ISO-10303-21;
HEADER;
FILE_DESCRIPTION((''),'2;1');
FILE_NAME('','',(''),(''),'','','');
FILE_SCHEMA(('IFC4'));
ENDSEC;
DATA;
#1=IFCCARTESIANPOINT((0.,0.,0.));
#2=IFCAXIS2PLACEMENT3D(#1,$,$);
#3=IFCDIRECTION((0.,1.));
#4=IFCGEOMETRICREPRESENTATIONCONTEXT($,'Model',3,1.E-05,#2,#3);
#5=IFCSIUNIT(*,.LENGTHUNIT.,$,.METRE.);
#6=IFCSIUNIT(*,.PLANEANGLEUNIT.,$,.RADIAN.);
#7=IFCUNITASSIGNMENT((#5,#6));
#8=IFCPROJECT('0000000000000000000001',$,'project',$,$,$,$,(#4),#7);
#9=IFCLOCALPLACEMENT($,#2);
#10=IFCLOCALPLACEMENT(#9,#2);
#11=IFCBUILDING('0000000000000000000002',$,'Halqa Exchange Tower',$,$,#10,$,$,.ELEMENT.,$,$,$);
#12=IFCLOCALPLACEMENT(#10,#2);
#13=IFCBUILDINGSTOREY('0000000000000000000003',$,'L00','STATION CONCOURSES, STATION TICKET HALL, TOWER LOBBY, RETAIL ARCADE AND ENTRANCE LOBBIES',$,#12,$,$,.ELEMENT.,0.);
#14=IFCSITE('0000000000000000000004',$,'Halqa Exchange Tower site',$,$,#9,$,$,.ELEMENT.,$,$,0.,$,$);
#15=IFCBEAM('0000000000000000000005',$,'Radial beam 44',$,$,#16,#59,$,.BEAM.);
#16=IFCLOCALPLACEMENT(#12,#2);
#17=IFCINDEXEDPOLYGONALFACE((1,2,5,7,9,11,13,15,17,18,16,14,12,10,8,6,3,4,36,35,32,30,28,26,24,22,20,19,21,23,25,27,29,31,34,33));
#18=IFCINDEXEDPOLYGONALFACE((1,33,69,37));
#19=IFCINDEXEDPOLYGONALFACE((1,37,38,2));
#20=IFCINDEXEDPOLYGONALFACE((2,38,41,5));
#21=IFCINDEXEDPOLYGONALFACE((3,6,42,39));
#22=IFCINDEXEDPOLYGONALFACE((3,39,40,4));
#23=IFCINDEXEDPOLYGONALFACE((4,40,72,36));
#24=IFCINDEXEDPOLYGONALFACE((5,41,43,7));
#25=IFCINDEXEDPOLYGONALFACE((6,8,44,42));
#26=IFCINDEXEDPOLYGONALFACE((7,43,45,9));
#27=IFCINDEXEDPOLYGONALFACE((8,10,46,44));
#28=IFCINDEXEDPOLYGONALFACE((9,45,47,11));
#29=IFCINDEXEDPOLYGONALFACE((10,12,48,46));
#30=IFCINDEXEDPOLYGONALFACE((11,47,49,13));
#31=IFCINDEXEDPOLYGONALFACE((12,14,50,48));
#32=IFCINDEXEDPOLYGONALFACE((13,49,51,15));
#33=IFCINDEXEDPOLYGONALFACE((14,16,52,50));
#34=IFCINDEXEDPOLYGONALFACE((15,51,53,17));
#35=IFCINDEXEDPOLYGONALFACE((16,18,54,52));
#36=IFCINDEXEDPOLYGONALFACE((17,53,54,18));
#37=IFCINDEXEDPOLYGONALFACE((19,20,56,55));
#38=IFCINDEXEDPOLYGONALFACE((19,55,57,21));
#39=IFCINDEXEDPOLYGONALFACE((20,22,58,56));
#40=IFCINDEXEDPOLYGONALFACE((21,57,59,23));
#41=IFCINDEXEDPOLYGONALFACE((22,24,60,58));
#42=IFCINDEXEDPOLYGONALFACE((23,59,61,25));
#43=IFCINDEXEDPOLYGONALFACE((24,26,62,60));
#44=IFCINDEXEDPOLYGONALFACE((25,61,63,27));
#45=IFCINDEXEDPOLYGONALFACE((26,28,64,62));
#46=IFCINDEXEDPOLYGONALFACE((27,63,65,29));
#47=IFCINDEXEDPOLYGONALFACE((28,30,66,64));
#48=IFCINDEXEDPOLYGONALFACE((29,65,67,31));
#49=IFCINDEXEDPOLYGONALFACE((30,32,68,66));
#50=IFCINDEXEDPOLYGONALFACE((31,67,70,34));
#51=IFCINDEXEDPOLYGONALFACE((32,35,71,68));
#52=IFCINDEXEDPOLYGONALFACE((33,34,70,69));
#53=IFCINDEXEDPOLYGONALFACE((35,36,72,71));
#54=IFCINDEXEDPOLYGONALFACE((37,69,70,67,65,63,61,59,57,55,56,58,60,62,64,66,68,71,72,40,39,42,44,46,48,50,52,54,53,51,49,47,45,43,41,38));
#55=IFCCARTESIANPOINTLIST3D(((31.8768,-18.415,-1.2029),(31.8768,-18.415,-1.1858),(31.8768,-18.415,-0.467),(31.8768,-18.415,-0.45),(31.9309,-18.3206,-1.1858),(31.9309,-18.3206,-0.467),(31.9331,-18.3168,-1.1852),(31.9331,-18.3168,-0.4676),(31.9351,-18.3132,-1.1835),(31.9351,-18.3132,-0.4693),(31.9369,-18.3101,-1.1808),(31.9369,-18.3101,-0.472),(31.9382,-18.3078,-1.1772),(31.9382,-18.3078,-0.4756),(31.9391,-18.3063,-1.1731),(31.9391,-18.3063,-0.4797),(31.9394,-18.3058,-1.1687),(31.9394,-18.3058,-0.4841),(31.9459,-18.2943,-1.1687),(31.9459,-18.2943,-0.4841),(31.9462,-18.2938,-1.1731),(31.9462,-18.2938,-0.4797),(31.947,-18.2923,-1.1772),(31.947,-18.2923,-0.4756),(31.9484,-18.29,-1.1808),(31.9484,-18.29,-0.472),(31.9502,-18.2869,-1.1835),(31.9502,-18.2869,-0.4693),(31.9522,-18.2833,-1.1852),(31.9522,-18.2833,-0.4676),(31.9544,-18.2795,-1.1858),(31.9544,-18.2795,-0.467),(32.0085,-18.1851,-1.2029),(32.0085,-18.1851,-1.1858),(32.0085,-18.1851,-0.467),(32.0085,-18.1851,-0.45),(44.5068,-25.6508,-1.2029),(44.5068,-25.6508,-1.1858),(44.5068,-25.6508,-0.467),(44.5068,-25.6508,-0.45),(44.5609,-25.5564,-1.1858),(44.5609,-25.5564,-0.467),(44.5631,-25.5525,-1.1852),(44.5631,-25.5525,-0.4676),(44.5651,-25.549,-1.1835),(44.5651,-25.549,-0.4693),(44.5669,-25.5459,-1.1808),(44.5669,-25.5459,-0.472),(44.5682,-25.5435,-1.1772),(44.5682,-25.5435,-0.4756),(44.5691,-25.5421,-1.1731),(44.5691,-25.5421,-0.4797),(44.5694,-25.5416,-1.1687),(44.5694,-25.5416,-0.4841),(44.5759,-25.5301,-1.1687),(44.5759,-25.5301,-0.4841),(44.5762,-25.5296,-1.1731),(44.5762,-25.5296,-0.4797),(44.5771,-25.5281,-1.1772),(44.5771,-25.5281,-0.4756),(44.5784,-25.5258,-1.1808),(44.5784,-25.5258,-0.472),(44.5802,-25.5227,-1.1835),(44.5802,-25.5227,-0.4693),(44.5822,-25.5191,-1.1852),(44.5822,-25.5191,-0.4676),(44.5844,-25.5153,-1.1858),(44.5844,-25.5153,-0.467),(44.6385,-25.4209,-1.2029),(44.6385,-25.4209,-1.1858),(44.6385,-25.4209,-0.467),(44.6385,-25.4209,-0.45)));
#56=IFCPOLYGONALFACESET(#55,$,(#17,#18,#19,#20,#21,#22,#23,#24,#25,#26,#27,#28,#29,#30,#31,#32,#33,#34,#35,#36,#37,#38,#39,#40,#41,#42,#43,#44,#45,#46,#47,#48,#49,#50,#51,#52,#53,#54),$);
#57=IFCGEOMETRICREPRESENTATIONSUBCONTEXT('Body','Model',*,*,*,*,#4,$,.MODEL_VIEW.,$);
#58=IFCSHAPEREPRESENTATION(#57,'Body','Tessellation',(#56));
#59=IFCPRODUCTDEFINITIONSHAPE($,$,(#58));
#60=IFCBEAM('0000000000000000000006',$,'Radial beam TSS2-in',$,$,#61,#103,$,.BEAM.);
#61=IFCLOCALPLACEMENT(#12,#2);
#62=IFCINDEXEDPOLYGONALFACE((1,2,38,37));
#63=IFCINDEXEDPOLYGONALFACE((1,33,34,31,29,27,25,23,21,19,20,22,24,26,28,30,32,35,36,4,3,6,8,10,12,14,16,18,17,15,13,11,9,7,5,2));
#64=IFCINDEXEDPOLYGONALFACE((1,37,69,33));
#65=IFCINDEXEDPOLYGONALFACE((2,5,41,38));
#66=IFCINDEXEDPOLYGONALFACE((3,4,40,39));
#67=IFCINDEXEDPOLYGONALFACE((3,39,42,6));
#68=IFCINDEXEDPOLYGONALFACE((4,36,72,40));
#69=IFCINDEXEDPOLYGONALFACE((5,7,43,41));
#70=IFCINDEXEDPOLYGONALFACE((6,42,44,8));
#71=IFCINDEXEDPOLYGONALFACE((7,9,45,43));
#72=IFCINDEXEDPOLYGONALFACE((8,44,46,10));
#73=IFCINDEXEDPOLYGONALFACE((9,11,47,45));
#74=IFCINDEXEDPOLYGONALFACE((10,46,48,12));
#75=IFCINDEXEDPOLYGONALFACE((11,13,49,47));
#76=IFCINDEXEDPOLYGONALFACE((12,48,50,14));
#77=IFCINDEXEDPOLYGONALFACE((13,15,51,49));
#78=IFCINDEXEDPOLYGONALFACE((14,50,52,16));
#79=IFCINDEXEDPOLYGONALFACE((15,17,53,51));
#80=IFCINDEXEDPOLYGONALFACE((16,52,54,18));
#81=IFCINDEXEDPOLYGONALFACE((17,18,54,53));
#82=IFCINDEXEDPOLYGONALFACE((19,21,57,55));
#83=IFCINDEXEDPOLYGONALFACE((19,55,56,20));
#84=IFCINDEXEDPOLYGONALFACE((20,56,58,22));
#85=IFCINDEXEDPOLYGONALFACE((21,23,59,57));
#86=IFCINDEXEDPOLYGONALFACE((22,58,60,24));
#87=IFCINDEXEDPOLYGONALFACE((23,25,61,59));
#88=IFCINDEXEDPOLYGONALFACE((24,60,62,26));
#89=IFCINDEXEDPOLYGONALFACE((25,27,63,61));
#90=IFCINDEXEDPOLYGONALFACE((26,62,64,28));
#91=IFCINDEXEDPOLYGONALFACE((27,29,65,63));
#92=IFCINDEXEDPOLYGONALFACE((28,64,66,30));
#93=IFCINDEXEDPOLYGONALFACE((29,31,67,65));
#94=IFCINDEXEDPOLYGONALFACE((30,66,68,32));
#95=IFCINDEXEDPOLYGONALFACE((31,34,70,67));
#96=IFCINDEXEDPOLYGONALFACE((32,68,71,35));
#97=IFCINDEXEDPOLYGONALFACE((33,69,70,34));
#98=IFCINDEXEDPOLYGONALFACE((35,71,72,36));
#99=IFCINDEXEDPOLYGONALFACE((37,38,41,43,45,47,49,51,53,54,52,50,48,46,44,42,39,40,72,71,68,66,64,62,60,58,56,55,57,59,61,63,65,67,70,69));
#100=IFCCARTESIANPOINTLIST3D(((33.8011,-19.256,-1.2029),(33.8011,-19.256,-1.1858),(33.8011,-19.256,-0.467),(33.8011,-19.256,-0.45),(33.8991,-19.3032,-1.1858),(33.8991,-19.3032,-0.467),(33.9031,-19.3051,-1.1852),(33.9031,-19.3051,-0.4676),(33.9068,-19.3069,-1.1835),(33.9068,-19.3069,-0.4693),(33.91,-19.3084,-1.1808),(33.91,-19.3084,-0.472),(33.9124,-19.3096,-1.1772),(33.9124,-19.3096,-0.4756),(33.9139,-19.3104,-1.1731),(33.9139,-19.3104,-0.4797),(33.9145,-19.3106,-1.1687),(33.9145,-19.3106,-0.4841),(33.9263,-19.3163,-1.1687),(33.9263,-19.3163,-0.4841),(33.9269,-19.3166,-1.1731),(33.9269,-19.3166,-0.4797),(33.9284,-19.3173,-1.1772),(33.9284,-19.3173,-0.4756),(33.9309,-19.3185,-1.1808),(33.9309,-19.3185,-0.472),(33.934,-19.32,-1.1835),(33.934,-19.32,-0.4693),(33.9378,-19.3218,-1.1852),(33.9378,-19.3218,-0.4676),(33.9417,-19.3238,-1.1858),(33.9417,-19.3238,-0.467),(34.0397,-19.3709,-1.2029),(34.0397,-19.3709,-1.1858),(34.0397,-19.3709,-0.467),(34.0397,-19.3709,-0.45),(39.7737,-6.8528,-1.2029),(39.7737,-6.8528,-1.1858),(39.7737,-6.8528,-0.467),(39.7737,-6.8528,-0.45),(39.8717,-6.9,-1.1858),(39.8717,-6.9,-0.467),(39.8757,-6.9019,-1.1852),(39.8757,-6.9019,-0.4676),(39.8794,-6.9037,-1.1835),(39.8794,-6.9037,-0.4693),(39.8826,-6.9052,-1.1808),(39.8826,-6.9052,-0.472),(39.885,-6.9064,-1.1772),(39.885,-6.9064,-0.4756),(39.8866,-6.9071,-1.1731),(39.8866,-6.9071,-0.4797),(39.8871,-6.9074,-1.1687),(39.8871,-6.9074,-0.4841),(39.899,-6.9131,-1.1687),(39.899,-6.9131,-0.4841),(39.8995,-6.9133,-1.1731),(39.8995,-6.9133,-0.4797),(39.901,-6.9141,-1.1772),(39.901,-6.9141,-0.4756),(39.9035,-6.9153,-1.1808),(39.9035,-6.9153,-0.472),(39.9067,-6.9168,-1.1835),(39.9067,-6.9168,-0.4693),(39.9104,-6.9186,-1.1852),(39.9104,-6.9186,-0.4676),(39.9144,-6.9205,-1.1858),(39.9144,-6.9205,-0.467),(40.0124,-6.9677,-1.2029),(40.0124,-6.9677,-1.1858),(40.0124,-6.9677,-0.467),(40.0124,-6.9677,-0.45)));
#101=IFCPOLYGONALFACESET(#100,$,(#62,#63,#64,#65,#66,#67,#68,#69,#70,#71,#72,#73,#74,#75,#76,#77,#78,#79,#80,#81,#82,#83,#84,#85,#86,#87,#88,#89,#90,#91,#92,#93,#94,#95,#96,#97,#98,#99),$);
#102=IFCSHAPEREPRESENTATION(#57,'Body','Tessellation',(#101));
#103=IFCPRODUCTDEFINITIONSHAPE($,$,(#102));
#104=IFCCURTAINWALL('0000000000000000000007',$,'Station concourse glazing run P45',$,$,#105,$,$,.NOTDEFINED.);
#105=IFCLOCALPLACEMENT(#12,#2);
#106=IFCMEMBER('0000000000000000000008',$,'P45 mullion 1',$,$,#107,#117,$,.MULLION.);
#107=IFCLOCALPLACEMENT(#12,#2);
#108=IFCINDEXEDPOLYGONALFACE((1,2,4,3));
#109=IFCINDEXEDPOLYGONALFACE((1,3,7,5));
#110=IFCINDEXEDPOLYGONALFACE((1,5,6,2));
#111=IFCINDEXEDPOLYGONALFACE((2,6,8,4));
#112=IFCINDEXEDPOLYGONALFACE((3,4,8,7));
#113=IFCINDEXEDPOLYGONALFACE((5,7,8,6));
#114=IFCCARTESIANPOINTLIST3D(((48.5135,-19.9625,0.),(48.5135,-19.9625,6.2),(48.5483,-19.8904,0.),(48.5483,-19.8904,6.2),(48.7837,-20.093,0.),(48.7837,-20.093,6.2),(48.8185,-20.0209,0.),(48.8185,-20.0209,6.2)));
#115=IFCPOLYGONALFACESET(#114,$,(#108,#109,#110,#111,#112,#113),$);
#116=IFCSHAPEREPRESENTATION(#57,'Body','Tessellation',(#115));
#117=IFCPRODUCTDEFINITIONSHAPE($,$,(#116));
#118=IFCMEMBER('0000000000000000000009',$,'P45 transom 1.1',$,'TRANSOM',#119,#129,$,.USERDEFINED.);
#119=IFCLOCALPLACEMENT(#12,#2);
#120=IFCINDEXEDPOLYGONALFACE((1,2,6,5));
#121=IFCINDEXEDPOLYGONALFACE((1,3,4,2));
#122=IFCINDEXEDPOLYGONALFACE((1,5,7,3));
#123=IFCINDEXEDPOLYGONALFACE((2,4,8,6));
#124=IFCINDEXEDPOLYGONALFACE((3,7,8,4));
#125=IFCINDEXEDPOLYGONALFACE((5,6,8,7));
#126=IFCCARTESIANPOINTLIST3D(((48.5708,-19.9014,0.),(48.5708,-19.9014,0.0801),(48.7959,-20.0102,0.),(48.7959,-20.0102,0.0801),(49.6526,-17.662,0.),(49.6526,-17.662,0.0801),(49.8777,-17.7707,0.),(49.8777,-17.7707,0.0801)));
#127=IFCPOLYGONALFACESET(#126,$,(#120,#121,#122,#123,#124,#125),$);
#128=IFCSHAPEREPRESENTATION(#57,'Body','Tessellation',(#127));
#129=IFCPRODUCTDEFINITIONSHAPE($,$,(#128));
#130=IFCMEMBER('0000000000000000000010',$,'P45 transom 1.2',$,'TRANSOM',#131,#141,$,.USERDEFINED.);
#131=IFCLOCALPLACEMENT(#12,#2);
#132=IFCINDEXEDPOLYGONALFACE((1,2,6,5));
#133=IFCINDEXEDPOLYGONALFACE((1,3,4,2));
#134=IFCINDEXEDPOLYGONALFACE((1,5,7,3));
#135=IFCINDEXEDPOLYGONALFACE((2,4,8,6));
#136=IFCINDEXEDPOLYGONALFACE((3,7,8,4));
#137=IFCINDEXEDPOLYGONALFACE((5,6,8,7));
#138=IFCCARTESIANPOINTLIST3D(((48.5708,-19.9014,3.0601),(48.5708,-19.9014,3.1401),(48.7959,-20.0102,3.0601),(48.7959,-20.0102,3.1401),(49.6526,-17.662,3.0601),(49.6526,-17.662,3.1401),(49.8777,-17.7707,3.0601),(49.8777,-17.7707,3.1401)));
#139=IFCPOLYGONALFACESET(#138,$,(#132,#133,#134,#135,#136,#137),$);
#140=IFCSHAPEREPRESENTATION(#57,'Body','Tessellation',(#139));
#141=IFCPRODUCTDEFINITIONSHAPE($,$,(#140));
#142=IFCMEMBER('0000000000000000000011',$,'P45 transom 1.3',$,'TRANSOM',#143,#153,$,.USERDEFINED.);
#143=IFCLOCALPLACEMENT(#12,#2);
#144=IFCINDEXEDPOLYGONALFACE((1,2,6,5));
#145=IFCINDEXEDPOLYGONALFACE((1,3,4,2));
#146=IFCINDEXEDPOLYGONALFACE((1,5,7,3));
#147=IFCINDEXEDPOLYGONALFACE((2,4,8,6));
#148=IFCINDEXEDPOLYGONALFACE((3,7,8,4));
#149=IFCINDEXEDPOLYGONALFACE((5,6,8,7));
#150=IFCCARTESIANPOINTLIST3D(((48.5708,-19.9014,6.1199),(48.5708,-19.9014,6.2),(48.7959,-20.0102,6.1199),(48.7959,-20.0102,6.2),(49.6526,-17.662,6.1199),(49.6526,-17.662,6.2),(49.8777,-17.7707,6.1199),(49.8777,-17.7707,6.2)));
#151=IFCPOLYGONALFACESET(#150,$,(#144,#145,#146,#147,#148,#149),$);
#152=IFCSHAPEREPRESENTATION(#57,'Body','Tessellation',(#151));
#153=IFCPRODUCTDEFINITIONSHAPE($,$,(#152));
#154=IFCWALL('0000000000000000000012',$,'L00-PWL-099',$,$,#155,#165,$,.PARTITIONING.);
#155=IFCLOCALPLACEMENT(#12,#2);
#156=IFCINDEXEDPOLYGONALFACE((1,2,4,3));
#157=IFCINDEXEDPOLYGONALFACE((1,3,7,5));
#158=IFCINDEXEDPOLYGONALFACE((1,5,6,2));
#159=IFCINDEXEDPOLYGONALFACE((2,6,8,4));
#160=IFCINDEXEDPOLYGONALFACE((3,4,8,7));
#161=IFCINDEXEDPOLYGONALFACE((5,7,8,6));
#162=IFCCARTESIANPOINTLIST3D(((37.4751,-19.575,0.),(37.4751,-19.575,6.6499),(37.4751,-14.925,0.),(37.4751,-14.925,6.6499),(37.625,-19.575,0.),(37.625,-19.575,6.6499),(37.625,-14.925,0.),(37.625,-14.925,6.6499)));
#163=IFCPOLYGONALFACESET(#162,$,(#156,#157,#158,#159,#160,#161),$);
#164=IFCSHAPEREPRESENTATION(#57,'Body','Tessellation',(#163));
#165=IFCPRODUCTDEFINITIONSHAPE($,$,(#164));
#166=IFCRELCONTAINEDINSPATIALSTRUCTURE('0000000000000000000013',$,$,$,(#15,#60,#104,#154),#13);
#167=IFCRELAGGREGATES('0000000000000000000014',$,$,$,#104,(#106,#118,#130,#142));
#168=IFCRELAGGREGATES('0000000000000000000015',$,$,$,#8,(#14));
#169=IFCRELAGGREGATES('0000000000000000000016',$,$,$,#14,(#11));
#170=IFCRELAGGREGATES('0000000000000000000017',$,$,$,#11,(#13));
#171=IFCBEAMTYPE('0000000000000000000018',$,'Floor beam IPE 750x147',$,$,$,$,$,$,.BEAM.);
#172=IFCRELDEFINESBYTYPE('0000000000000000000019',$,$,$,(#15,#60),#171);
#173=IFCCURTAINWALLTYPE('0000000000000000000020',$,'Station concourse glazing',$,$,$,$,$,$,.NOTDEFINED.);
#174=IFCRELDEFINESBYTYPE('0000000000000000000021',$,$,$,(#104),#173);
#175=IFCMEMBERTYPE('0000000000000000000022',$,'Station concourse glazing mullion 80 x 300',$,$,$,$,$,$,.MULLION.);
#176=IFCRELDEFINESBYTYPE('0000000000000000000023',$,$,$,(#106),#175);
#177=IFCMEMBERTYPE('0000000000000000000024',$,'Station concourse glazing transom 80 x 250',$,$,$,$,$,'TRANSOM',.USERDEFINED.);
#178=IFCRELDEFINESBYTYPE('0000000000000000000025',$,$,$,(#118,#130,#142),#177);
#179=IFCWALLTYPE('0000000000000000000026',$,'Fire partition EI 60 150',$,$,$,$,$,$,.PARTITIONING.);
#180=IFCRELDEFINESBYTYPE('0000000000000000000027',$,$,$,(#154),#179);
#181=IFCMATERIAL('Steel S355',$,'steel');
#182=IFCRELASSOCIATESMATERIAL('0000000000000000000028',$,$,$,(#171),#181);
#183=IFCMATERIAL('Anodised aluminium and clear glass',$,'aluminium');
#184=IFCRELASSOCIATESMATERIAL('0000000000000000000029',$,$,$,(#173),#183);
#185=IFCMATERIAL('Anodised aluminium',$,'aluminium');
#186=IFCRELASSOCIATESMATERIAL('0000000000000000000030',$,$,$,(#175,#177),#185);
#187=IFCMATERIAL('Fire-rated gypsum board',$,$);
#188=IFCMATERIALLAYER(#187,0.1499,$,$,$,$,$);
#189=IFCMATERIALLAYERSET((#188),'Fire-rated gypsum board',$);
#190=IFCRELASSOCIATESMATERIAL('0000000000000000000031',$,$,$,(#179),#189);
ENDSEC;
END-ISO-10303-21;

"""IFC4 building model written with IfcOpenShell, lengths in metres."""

from ifc_helpers import new_model, si_unit, direction, frame, frame_2d, origin, origin_2d, place, context, subcontext, project, spatial, rectangle, i_section, extrude, material, layer, layer_set, material_profile, profile_set, type_object, element, aggregate, save


model = new_model("IFC4")

# Units and contexts
model_context = context("Model", 3, precision=1e-05, world=origin(), true_north=direction((0.0, 1.0)))
body_context = subcontext(model_context, "Body", "Model", "MODEL_VIEW")
ifc_project = project(units=[si_unit("LENGTHUNIT", "METRE"), si_unit("PLANEANGLEUNIT", "RADIAN")], contexts=[model_context])

# Site, building, storey
site_placement = place(None, origin())
site = spatial("IfcSite", under=ifc_project, at=site_placement, Name="Halqa Exchange Tower site", CompositionType="ELEMENT", RefElevation=0.0)
building_placement = place(site_placement, origin())
building = spatial("IfcBuilding", under=site, at=building_placement, Name="Halqa Exchange Tower", CompositionType="ELEMENT")
storey_placement = place(building_placement, origin())
storey = spatial("IfcBuildingStorey", under=building, at=storey_placement, Name="L00", Description="STATION CONCOURSES, STATION TICKET HALL, TOWER LOBBY, RETAIL ARCADE AND ENTRANCE LOBBIES", CompositionType="ELEMENT", Elevation=0.0)

# Beams
ifc_material_1 = material(Name="Steel S355", Category="steel")
ifc_material_profile_1 = material_profile(ifc_material_1, i_section(OverallWidth=0.2649, OverallDepth=0.7529, WebThickness=0.0132, FlangeThickness=0.0171, FilletRadius=0.0171, at=origin_2d()), Name="IPE 750x147")
ifc_profile_set_1 = profile_set([ifc_material_profile_1], Name="Steel S355")
beam_type = type_object("IfcBeamType", Name="Floor beam IPE 750x147", PredefinedType="BEAM", material=ifc_profile_set_1)
beam_1_placement = place(storey_placement, frame((31.9426, -18.3, -0.8264), z_axis=(0.867691, -0.497103, 0.0), x_axis=(0.497103, 0.867691, 0.0)))
element("IfcBeam", 1, at=beam_1_placement, inside=storey, type_object=beam_type, Name="Radial beam 44", PredefinedType="BEAM", context=body_context, shape_type="SweptSolid", body=[
    extrude(i_section(OverallWidth=0.2649, OverallDepth=0.7529, WebThickness=0.0132, FlangeThickness=0.0171, FilletRadius=0.0171, at=origin_2d()), origin(), (0.0, 0.0, 1.0), 14.5559),
])
beam_2_placement = place(storey_placement, frame((33.9204, -19.3135, -0.8264), z_axis=(0.433856, 0.900982, 0.0), x_axis=(-0.900982, 0.433856, 0.0)))
element("IfcBeam", 2, at=beam_2_placement, inside=storey, type_object=beam_type, Name="Radial beam TSS2-in", PredefinedType="BEAM", context=body_context, shape_type="SweptSolid", body=[
    extrude(i_section(OverallWidth=0.2649, OverallDepth=0.7529, WebThickness=0.0132, FlangeThickness=0.0171, FilletRadius=0.0171, at=origin_2d()), origin(), (0.0, 0.0, 1.0), 13.7664),
])

# Curtain wall, members
ifc_material_2 = material(Name="Anodised aluminium and clear glass", Category="aluminium")
curtain_wall_type = type_object("IfcCurtainWallType", Name="Station concourse glazing", PredefinedType="NOTDEFINED", material=ifc_material_2)
curtain_wall_placement = place(storey_placement, origin())
curtain_wall = element("IfcCurtainWall", 3, at=curtain_wall_placement, inside=storey, type_object=curtain_wall_type, Name="Station concourse glazing run P45", PredefinedType="NOTDEFINED")
ifc_material_3 = material(Name="Anodised aluminium", Category="aluminium")
ifc_material_profile_2 = material_profile(ifc_material_3, rectangle(XDim=0.3, YDim=0.0801, at=origin_2d()), Name="AL 80x300")
ifc_profile_set_2 = profile_set([ifc_material_profile_2], Name="Anodised aluminium")
member_type_1 = type_object("IfcMemberType", Name="Station concourse glazing mullion 80 x 300", PredefinedType="MULLION", material=ifc_profile_set_2)
member_1_placement = place(storey_placement, frame((48.666, -19.9917, 0.0), z_axis=(0.0, 0.0, 1.0), x_axis=(-0.900435, 0.43499, 0.0)))
member_1 = element("IfcMember", 4, at=member_1_placement, type_object=member_type_1, Name="P45 mullion 1", PredefinedType="MULLION", context=body_context, shape_type="SweptSolid", body=[
    extrude(rectangle(XDim=0.3, YDim=0.0801, at=origin_2d()), origin(), (0.0, 0.0, 1.0), 6.2),
])
ifc_material_profile_3 = material_profile(ifc_material_3, rectangle(XDim=0.25, YDim=0.0801, at=origin_2d()), Name="AL 80x250")
ifc_profile_set_3 = profile_set([ifc_material_profile_3], Name="Anodised aluminium")
member_type_2 = type_object("IfcMemberType", Name="Station concourse glazing transom 80 x 250", ElementType="TRANSOM", PredefinedType="USERDEFINED", material=ifc_profile_set_3)
member_2_placement = place(storey_placement, frame((48.6833, -19.9558, 0.04), z_axis=(0.43496, 0.90045, 0.0), x_axis=(-0.90045, 0.43496, 0.0)))
member_2 = element("IfcMember", 5, at=member_2_placement, type_object=member_type_2, Name="P45 transom 1.1", ObjectType="TRANSOM", PredefinedType="USERDEFINED", context=body_context, shape_type="SweptSolid", body=[
    extrude(rectangle(XDim=0.25, YDim=0.0801, at=origin_2d()), origin(), (0.0, 0.0, 1.0), 2.4871),
])
member_3_placement = place(storey_placement, frame((48.6833, -19.9558, 3.1001), z_axis=(0.43496, 0.90045, 0.0), x_axis=(-0.90045, 0.43496, 0.0)))
member_3 = element("IfcMember", 6, at=member_3_placement, type_object=member_type_2, Name="P45 transom 1.2", ObjectType="TRANSOM", PredefinedType="USERDEFINED", context=body_context, shape_type="SweptSolid", body=[
    extrude(rectangle(XDim=0.25, YDim=0.0801, at=origin_2d()), origin(), (0.0, 0.0, 1.0), 2.4871),
])
member_4_placement = place(storey_placement, frame((48.6833, -19.9558, 6.1599), z_axis=(0.43496, 0.90045, 0.0), x_axis=(-0.90045, 0.43496, 0.0)))
member_4 = element("IfcMember", 7, at=member_4_placement, type_object=member_type_2, Name="P45 transom 1.3", ObjectType="TRANSOM", PredefinedType="USERDEFINED", context=body_context, shape_type="SweptSolid", body=[
    extrude(rectangle(XDim=0.25, YDim=0.0801, at=origin_2d()), origin(), (0.0, 0.0, 1.0), 2.4871),
])
aggregate(curtain_wall, [member_1, member_2, member_3, member_4])

# Wall
ifc_material_4 = material(Name="Fire-rated gypsum board")
ifc_layer_1 = layer(ifc_material_4, 0.1499)
ifc_layer_set_1 = layer_set([ifc_layer_1], Name="Fire-rated gypsum board")
wall_type_1 = type_object("IfcWallType", Name="Fire partition EI 60 150", PredefinedType="PARTITIONING", material=ifc_layer_set_1)
wall_1_placement = place(storey_placement, frame((37.55, -19.575, 0.0), z_axis=(0.0, 0.0, 1.0), x_axis=(0.0, 1.0, 0.0)))
element("IfcWall", 8, at=wall_1_placement, inside=storey, type_object=wall_type_1, Name="L00-PWL-099", PredefinedType="PARTITIONING", context=body_context, shape_type="SweptSolid", body=[
    extrude(rectangle(XDim=4.6499, YDim=0.1499, at=frame_2d((2.325, 0.0))), origin(), (0.0, 0.0, 1.0), 6.6499),
])

save(model, "model.ifc")
